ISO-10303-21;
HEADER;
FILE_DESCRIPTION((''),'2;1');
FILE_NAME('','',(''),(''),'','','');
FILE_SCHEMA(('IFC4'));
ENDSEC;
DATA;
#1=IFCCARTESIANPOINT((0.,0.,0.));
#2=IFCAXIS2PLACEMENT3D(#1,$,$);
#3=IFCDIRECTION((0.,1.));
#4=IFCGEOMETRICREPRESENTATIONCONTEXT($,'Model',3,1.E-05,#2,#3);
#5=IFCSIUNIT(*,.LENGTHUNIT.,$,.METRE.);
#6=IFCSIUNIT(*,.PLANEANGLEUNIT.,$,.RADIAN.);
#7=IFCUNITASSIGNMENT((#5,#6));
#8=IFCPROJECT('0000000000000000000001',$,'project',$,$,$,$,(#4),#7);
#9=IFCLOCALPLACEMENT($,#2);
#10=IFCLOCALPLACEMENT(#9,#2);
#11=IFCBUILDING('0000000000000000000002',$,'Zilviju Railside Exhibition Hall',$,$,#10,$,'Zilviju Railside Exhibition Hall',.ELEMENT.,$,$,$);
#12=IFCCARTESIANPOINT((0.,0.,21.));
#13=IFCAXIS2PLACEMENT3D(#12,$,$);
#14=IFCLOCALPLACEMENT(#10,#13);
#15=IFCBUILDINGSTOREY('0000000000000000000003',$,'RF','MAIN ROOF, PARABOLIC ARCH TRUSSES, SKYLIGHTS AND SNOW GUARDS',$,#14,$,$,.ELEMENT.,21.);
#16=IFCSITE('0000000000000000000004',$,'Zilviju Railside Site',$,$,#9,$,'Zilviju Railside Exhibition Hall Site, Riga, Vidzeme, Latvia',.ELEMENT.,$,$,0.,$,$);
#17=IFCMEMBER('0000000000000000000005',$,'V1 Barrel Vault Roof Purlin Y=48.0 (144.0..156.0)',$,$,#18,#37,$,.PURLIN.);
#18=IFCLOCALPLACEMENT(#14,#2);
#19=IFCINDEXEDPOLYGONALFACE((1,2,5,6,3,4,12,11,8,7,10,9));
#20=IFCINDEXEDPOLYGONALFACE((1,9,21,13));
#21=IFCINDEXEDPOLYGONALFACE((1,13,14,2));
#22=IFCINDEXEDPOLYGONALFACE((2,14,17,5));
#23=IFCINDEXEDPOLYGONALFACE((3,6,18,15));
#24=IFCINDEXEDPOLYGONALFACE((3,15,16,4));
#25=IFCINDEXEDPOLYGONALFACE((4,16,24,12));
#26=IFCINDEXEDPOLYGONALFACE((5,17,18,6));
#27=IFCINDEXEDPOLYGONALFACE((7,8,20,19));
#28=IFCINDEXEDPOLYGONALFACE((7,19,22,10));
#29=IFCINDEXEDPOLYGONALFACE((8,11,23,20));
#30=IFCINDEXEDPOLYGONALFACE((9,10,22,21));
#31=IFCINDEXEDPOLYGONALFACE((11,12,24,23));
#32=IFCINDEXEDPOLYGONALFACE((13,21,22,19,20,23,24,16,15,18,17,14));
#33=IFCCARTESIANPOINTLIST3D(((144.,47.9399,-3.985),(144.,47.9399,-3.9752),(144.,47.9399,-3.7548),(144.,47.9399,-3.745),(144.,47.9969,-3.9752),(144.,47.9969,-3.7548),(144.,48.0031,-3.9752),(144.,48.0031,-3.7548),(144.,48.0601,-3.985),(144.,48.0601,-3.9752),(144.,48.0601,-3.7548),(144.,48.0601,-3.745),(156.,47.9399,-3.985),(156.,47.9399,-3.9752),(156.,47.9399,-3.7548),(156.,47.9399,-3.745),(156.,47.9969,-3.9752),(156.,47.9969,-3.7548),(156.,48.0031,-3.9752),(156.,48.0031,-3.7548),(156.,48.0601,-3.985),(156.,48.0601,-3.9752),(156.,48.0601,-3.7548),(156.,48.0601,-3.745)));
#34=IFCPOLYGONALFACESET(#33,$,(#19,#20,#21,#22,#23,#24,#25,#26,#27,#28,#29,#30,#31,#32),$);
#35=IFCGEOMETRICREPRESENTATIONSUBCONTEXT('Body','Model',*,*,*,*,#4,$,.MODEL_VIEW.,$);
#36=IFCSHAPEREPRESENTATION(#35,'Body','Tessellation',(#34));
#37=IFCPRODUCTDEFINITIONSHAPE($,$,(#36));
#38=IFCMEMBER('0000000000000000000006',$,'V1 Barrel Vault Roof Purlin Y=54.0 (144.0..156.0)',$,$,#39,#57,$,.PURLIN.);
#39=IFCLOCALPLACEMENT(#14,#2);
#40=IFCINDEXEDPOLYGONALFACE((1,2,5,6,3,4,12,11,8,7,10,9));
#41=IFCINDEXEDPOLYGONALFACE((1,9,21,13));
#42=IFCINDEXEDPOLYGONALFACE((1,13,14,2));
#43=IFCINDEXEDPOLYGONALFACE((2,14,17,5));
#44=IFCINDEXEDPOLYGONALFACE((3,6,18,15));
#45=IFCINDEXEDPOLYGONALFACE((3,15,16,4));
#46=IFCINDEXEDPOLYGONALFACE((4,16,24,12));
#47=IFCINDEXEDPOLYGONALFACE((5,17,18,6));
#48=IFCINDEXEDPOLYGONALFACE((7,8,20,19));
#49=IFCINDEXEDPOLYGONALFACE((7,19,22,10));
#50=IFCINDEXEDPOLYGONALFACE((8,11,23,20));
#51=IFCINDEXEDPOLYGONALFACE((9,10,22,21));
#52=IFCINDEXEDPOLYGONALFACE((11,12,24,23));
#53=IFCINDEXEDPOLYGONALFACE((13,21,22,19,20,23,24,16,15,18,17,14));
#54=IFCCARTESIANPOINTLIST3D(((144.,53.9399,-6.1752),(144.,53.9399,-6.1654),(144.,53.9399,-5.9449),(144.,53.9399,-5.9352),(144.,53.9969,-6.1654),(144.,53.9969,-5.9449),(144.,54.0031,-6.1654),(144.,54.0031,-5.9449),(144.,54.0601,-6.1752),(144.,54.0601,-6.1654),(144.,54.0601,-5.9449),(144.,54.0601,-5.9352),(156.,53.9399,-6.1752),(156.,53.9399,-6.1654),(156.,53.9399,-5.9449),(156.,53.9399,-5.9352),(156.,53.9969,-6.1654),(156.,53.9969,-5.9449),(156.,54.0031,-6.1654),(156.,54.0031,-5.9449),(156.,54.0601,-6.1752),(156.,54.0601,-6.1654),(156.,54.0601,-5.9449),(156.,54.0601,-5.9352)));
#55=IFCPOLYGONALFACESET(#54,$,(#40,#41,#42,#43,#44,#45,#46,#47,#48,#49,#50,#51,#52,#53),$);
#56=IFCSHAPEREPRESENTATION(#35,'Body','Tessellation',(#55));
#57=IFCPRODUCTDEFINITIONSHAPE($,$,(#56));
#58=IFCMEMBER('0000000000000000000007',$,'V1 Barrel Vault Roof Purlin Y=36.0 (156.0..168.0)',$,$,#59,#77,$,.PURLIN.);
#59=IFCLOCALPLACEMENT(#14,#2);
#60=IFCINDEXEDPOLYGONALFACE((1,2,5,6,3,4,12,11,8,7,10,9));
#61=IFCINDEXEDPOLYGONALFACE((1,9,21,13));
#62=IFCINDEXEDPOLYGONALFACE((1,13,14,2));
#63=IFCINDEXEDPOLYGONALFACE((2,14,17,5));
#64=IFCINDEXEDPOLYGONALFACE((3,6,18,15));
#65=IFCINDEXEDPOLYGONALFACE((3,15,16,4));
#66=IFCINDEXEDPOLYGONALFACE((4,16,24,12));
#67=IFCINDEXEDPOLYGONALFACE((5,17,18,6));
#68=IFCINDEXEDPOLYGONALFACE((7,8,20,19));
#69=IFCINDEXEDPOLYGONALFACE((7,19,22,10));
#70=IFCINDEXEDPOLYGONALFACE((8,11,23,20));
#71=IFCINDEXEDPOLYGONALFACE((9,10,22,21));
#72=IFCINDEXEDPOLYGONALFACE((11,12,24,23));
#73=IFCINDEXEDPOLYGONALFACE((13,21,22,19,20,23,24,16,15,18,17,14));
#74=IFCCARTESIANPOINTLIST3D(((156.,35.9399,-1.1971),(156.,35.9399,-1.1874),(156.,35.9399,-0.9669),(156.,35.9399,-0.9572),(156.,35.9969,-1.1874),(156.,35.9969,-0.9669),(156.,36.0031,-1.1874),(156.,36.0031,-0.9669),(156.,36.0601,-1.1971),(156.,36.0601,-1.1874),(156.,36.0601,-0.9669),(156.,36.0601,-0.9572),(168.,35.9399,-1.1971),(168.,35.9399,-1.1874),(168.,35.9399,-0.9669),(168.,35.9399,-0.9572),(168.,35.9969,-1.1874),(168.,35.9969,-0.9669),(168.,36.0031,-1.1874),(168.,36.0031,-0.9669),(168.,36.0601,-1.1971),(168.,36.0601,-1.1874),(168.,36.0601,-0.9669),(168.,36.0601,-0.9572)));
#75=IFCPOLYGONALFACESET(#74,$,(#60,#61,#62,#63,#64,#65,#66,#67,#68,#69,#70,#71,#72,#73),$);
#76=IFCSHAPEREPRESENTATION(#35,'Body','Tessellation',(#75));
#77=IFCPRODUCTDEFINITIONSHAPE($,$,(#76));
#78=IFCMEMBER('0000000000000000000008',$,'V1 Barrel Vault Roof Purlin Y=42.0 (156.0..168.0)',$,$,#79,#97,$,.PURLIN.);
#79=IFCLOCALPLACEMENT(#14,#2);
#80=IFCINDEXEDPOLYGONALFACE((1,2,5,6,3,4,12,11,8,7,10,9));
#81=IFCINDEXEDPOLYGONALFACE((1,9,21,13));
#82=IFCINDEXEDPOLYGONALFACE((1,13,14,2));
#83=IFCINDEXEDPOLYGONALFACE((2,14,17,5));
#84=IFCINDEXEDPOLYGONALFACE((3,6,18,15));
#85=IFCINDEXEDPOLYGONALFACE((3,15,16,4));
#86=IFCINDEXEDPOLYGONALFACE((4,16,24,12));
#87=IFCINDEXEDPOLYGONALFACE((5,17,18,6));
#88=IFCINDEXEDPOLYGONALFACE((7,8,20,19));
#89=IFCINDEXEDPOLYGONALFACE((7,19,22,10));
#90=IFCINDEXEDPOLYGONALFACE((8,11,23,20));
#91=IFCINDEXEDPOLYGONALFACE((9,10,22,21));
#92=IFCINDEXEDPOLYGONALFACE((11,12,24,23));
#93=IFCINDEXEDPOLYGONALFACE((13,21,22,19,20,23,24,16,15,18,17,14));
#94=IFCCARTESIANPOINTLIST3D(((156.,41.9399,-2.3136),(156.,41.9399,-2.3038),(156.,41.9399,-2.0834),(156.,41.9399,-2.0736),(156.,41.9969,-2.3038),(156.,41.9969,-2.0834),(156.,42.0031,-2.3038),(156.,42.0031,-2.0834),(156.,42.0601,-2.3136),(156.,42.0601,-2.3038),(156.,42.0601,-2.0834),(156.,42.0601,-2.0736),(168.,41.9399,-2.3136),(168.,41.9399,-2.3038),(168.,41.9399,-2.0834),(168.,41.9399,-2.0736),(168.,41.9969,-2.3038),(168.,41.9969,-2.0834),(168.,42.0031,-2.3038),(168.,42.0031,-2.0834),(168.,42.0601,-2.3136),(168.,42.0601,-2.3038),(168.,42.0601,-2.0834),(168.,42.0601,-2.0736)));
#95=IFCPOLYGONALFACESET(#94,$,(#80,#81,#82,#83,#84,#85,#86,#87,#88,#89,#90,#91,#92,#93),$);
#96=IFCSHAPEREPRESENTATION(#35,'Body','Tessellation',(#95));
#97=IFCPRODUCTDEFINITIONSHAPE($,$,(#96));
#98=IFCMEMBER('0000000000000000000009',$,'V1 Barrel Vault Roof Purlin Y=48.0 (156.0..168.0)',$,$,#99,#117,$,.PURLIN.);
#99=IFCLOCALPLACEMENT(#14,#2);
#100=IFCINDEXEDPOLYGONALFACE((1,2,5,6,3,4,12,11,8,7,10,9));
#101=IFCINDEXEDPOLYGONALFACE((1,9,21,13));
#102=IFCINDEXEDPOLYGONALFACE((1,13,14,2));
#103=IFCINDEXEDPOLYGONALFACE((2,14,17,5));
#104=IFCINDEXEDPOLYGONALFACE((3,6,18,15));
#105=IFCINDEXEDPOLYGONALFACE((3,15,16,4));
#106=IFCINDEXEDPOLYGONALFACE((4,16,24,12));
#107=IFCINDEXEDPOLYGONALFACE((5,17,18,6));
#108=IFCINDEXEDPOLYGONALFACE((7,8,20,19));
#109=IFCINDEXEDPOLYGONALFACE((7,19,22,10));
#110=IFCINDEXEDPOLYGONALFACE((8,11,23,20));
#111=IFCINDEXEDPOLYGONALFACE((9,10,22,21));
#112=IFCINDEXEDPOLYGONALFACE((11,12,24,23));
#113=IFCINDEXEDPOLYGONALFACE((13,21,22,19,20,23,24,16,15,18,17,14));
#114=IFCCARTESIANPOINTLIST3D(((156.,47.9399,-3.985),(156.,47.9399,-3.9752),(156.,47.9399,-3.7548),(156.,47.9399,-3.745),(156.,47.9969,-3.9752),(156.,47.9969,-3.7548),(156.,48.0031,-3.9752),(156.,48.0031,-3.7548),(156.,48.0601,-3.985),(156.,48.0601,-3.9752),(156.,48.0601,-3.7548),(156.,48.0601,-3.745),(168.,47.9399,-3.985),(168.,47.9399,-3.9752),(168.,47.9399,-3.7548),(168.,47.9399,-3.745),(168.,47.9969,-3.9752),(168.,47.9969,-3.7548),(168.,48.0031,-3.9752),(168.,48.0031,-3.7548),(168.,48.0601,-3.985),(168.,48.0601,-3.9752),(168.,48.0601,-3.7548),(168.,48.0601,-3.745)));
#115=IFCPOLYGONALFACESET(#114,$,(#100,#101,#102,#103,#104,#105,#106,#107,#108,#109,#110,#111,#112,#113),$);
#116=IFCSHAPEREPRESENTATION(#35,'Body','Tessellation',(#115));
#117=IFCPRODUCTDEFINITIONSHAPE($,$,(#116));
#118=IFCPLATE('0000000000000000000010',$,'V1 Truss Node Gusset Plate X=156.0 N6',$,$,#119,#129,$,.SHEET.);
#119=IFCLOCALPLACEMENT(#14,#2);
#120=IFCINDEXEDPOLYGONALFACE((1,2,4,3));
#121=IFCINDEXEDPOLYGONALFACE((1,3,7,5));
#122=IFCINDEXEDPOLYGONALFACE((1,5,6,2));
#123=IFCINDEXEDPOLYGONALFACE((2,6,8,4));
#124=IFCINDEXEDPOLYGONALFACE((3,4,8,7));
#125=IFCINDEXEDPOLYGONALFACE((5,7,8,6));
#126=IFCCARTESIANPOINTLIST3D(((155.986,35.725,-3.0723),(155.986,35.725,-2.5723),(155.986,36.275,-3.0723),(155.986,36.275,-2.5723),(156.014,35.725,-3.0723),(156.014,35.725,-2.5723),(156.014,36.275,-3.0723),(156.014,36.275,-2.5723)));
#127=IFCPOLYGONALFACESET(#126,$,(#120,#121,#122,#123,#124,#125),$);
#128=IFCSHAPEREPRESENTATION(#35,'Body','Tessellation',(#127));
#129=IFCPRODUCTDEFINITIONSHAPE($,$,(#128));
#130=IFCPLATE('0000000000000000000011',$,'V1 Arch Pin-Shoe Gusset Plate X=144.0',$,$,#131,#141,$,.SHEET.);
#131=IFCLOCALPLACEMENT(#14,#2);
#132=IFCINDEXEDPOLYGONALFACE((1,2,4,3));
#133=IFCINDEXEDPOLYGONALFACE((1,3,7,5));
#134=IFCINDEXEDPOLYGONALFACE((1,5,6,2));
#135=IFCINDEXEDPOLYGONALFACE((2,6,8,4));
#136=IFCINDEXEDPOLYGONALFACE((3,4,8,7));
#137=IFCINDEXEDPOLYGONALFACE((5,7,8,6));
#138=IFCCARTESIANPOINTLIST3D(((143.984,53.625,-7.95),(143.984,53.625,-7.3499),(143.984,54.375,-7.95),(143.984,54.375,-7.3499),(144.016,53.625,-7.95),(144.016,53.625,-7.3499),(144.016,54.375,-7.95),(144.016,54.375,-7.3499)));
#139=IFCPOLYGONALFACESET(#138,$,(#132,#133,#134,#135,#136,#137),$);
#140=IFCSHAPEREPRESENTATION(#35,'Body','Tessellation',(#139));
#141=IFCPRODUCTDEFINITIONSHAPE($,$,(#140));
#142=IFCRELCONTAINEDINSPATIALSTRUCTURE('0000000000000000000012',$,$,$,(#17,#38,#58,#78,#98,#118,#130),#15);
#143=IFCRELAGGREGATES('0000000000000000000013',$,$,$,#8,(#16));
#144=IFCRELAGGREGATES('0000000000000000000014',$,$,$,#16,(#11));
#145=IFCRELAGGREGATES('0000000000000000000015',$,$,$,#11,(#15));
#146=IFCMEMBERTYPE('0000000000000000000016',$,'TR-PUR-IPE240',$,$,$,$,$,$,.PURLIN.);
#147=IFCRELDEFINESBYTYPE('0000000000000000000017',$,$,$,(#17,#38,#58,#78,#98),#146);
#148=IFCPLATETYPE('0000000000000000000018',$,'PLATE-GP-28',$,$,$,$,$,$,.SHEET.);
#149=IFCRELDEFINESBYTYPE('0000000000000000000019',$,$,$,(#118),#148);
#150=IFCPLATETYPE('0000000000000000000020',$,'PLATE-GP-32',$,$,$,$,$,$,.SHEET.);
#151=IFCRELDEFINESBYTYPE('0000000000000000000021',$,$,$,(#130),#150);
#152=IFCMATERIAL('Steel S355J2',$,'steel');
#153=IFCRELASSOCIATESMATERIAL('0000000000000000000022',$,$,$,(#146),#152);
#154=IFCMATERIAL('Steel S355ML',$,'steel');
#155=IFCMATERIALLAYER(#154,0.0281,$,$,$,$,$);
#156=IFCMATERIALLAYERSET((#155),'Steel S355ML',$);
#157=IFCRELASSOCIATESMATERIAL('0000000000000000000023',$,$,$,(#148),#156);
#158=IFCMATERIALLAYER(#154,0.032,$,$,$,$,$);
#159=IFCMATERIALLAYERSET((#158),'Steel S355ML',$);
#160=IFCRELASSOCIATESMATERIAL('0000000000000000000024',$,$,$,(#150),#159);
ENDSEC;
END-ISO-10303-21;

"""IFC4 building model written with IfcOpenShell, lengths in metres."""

from ifc_helpers import new_model, si_unit, direction, frame, origin, origin_2d, place, context, subcontext, project, spatial, rectangle, i_section, extrude, material, layer, layer_set, material_profile, profile_set, type_object, element, save


model = new_model("IFC4")

# Units and contexts
model_context = context("Model", 3, precision=1e-05, world=origin(), true_north=direction((0.0, 1.0)))
body_context = subcontext(model_context, "Body", "Model", "MODEL_VIEW")
ifc_project = project(units=[si_unit("LENGTHUNIT", "METRE"), si_unit("PLANEANGLEUNIT", "RADIAN")], contexts=[model_context])

# Site, building, storey
site_placement = place(None, origin())
site = spatial("IfcSite", under=ifc_project, at=site_placement, Name="Zilviju Railside Site", LongName="Zilviju Railside Exhibition Hall Site, Riga, Vidzeme, Latvia", CompositionType="ELEMENT", RefElevation=0.0)
building_placement = place(site_placement, origin())
building = spatial("IfcBuilding", under=site, at=building_placement, Name="Zilviju Railside Exhibition Hall", LongName="Zilviju Railside Exhibition Hall", CompositionType="ELEMENT")
storey_placement = place(building_placement, frame((0.0, 0.0, 21.0)))
storey = spatial("IfcBuildingStorey", under=building, at=storey_placement, Name="RF", Description="MAIN ROOF, PARABOLIC ARCH TRUSSES, SKYLIGHTS AND SNOW GUARDS", CompositionType="ELEMENT", Elevation=21.0)

# Members
ifc_material_1 = material(Name="Steel S355J2", Category="steel")
ifc_material_profile_1 = material_profile(ifc_material_1, i_section(OverallWidth=0.1201, OverallDepth=0.24, WebThickness=0.0061, FlangeThickness=0.0098, at=origin_2d()), Name="IPE 240")
ifc_profile_set_1 = profile_set([ifc_material_profile_1], Name="Steel S355J2")
member_type_1 = type_object("IfcMemberType", Name="TR-PUR-IPE240", PredefinedType="PURLIN", material=ifc_profile_set_1)
for number, where, z_axis, x_axis, name in (
    (1, (144.0, 48.0, -3.865), (1.0, 0.0, 0.0), (0.0, 1.0, 0.0), "V1 Barrel Vault Roof Purlin Y=48.0 (144.0..156.0)"),
    (2, (144.0, 54.0, -6.0552), (1.0, 0.0, 0.0), (0.0, 1.0, 0.0), "V1 Barrel Vault Roof Purlin Y=54.0 (144.0..156.0)"),
    (3, (156.0, 36.0, -1.0771), (1.0, 0.0, 0.0), (0.0, 1.0, 0.0), "V1 Barrel Vault Roof Purlin Y=36.0 (156.0..168.0)"),
    (4, (156.0, 42.0, -2.1936), (1.0, 0.0, 0.0), (0.0, 1.0, 0.0), "V1 Barrel Vault Roof Purlin Y=42.0 (156.0..168.0)"),
    (5, (156.0, 48.0, -3.865), (1.0, 0.0, 0.0), (0.0, 1.0, 0.0), "V1 Barrel Vault Roof Purlin Y=48.0 (156.0..168.0)"),
):
    element("IfcMember", number, at=place(storey_placement, frame(where, z_axis=z_axis, x_axis=x_axis)), inside=storey, type_object=member_type_1, Name=name, PredefinedType="PURLIN", context=body_context, shape_type="SweptSolid", body=[
        extrude(i_section(OverallWidth=0.1201, OverallDepth=0.24, WebThickness=0.0061, FlangeThickness=0.0098, at=origin_2d()), origin(), (0.0, 0.0, 1.0), 12.0),
    ])

# Plates
ifc_material_2 = material(Name="Steel S355ML", Category="steel")
ifc_layer_1 = layer(ifc_material_2, 0.0281)
ifc_layer_set_1 = layer_set([ifc_layer_1], Name="Steel S355ML")
plate_type_1 = type_object("IfcPlateType", Name="PLATE-GP-28", PredefinedType="SHEET", material=ifc_layer_set_1)
plate_1_placement = place(storey_placement, frame((156.0, 36.0, -3.0723), z_axis=(0.0, 0.0, 1.0), x_axis=(1.0, 0.0, 0.0)))
element("IfcPlate", 6, at=plate_1_placement, inside=storey, type_object=plate_type_1, Name="V1 Truss Node Gusset Plate X=156.0 N6", PredefinedType="SHEET", context=body_context, shape_type="SweptSolid", body=[
    extrude(rectangle(XDim=0.0281, YDim=0.55, at=origin_2d()), origin(), (0.0, 0.0, 1.0), 0.5),
])
ifc_layer_2 = layer(ifc_material_2, 0.032)
ifc_layer_set_2 = layer_set([ifc_layer_2], Name="Steel S355ML")
plate_type_2 = type_object("IfcPlateType", Name="PLATE-GP-32", PredefinedType="SHEET", material=ifc_layer_set_2)
plate_2_placement = place(storey_placement, frame((144.0, 54.0, -7.95), z_axis=(0.0, 0.0, 1.0), x_axis=(1.0, 0.0, 0.0)))
element("IfcPlate", 7, at=plate_2_placement, inside=storey, type_object=plate_type_2, Name="V1 Arch Pin-Shoe Gusset Plate X=144.0", PredefinedType="SHEET", context=body_context, shape_type="SweptSolid", body=[
    extrude(rectangle(XDim=0.032, YDim=0.75, at=origin_2d()), origin(), (0.0, 0.0, 1.0), 0.6001),
])

save(model, "model.ifc")
